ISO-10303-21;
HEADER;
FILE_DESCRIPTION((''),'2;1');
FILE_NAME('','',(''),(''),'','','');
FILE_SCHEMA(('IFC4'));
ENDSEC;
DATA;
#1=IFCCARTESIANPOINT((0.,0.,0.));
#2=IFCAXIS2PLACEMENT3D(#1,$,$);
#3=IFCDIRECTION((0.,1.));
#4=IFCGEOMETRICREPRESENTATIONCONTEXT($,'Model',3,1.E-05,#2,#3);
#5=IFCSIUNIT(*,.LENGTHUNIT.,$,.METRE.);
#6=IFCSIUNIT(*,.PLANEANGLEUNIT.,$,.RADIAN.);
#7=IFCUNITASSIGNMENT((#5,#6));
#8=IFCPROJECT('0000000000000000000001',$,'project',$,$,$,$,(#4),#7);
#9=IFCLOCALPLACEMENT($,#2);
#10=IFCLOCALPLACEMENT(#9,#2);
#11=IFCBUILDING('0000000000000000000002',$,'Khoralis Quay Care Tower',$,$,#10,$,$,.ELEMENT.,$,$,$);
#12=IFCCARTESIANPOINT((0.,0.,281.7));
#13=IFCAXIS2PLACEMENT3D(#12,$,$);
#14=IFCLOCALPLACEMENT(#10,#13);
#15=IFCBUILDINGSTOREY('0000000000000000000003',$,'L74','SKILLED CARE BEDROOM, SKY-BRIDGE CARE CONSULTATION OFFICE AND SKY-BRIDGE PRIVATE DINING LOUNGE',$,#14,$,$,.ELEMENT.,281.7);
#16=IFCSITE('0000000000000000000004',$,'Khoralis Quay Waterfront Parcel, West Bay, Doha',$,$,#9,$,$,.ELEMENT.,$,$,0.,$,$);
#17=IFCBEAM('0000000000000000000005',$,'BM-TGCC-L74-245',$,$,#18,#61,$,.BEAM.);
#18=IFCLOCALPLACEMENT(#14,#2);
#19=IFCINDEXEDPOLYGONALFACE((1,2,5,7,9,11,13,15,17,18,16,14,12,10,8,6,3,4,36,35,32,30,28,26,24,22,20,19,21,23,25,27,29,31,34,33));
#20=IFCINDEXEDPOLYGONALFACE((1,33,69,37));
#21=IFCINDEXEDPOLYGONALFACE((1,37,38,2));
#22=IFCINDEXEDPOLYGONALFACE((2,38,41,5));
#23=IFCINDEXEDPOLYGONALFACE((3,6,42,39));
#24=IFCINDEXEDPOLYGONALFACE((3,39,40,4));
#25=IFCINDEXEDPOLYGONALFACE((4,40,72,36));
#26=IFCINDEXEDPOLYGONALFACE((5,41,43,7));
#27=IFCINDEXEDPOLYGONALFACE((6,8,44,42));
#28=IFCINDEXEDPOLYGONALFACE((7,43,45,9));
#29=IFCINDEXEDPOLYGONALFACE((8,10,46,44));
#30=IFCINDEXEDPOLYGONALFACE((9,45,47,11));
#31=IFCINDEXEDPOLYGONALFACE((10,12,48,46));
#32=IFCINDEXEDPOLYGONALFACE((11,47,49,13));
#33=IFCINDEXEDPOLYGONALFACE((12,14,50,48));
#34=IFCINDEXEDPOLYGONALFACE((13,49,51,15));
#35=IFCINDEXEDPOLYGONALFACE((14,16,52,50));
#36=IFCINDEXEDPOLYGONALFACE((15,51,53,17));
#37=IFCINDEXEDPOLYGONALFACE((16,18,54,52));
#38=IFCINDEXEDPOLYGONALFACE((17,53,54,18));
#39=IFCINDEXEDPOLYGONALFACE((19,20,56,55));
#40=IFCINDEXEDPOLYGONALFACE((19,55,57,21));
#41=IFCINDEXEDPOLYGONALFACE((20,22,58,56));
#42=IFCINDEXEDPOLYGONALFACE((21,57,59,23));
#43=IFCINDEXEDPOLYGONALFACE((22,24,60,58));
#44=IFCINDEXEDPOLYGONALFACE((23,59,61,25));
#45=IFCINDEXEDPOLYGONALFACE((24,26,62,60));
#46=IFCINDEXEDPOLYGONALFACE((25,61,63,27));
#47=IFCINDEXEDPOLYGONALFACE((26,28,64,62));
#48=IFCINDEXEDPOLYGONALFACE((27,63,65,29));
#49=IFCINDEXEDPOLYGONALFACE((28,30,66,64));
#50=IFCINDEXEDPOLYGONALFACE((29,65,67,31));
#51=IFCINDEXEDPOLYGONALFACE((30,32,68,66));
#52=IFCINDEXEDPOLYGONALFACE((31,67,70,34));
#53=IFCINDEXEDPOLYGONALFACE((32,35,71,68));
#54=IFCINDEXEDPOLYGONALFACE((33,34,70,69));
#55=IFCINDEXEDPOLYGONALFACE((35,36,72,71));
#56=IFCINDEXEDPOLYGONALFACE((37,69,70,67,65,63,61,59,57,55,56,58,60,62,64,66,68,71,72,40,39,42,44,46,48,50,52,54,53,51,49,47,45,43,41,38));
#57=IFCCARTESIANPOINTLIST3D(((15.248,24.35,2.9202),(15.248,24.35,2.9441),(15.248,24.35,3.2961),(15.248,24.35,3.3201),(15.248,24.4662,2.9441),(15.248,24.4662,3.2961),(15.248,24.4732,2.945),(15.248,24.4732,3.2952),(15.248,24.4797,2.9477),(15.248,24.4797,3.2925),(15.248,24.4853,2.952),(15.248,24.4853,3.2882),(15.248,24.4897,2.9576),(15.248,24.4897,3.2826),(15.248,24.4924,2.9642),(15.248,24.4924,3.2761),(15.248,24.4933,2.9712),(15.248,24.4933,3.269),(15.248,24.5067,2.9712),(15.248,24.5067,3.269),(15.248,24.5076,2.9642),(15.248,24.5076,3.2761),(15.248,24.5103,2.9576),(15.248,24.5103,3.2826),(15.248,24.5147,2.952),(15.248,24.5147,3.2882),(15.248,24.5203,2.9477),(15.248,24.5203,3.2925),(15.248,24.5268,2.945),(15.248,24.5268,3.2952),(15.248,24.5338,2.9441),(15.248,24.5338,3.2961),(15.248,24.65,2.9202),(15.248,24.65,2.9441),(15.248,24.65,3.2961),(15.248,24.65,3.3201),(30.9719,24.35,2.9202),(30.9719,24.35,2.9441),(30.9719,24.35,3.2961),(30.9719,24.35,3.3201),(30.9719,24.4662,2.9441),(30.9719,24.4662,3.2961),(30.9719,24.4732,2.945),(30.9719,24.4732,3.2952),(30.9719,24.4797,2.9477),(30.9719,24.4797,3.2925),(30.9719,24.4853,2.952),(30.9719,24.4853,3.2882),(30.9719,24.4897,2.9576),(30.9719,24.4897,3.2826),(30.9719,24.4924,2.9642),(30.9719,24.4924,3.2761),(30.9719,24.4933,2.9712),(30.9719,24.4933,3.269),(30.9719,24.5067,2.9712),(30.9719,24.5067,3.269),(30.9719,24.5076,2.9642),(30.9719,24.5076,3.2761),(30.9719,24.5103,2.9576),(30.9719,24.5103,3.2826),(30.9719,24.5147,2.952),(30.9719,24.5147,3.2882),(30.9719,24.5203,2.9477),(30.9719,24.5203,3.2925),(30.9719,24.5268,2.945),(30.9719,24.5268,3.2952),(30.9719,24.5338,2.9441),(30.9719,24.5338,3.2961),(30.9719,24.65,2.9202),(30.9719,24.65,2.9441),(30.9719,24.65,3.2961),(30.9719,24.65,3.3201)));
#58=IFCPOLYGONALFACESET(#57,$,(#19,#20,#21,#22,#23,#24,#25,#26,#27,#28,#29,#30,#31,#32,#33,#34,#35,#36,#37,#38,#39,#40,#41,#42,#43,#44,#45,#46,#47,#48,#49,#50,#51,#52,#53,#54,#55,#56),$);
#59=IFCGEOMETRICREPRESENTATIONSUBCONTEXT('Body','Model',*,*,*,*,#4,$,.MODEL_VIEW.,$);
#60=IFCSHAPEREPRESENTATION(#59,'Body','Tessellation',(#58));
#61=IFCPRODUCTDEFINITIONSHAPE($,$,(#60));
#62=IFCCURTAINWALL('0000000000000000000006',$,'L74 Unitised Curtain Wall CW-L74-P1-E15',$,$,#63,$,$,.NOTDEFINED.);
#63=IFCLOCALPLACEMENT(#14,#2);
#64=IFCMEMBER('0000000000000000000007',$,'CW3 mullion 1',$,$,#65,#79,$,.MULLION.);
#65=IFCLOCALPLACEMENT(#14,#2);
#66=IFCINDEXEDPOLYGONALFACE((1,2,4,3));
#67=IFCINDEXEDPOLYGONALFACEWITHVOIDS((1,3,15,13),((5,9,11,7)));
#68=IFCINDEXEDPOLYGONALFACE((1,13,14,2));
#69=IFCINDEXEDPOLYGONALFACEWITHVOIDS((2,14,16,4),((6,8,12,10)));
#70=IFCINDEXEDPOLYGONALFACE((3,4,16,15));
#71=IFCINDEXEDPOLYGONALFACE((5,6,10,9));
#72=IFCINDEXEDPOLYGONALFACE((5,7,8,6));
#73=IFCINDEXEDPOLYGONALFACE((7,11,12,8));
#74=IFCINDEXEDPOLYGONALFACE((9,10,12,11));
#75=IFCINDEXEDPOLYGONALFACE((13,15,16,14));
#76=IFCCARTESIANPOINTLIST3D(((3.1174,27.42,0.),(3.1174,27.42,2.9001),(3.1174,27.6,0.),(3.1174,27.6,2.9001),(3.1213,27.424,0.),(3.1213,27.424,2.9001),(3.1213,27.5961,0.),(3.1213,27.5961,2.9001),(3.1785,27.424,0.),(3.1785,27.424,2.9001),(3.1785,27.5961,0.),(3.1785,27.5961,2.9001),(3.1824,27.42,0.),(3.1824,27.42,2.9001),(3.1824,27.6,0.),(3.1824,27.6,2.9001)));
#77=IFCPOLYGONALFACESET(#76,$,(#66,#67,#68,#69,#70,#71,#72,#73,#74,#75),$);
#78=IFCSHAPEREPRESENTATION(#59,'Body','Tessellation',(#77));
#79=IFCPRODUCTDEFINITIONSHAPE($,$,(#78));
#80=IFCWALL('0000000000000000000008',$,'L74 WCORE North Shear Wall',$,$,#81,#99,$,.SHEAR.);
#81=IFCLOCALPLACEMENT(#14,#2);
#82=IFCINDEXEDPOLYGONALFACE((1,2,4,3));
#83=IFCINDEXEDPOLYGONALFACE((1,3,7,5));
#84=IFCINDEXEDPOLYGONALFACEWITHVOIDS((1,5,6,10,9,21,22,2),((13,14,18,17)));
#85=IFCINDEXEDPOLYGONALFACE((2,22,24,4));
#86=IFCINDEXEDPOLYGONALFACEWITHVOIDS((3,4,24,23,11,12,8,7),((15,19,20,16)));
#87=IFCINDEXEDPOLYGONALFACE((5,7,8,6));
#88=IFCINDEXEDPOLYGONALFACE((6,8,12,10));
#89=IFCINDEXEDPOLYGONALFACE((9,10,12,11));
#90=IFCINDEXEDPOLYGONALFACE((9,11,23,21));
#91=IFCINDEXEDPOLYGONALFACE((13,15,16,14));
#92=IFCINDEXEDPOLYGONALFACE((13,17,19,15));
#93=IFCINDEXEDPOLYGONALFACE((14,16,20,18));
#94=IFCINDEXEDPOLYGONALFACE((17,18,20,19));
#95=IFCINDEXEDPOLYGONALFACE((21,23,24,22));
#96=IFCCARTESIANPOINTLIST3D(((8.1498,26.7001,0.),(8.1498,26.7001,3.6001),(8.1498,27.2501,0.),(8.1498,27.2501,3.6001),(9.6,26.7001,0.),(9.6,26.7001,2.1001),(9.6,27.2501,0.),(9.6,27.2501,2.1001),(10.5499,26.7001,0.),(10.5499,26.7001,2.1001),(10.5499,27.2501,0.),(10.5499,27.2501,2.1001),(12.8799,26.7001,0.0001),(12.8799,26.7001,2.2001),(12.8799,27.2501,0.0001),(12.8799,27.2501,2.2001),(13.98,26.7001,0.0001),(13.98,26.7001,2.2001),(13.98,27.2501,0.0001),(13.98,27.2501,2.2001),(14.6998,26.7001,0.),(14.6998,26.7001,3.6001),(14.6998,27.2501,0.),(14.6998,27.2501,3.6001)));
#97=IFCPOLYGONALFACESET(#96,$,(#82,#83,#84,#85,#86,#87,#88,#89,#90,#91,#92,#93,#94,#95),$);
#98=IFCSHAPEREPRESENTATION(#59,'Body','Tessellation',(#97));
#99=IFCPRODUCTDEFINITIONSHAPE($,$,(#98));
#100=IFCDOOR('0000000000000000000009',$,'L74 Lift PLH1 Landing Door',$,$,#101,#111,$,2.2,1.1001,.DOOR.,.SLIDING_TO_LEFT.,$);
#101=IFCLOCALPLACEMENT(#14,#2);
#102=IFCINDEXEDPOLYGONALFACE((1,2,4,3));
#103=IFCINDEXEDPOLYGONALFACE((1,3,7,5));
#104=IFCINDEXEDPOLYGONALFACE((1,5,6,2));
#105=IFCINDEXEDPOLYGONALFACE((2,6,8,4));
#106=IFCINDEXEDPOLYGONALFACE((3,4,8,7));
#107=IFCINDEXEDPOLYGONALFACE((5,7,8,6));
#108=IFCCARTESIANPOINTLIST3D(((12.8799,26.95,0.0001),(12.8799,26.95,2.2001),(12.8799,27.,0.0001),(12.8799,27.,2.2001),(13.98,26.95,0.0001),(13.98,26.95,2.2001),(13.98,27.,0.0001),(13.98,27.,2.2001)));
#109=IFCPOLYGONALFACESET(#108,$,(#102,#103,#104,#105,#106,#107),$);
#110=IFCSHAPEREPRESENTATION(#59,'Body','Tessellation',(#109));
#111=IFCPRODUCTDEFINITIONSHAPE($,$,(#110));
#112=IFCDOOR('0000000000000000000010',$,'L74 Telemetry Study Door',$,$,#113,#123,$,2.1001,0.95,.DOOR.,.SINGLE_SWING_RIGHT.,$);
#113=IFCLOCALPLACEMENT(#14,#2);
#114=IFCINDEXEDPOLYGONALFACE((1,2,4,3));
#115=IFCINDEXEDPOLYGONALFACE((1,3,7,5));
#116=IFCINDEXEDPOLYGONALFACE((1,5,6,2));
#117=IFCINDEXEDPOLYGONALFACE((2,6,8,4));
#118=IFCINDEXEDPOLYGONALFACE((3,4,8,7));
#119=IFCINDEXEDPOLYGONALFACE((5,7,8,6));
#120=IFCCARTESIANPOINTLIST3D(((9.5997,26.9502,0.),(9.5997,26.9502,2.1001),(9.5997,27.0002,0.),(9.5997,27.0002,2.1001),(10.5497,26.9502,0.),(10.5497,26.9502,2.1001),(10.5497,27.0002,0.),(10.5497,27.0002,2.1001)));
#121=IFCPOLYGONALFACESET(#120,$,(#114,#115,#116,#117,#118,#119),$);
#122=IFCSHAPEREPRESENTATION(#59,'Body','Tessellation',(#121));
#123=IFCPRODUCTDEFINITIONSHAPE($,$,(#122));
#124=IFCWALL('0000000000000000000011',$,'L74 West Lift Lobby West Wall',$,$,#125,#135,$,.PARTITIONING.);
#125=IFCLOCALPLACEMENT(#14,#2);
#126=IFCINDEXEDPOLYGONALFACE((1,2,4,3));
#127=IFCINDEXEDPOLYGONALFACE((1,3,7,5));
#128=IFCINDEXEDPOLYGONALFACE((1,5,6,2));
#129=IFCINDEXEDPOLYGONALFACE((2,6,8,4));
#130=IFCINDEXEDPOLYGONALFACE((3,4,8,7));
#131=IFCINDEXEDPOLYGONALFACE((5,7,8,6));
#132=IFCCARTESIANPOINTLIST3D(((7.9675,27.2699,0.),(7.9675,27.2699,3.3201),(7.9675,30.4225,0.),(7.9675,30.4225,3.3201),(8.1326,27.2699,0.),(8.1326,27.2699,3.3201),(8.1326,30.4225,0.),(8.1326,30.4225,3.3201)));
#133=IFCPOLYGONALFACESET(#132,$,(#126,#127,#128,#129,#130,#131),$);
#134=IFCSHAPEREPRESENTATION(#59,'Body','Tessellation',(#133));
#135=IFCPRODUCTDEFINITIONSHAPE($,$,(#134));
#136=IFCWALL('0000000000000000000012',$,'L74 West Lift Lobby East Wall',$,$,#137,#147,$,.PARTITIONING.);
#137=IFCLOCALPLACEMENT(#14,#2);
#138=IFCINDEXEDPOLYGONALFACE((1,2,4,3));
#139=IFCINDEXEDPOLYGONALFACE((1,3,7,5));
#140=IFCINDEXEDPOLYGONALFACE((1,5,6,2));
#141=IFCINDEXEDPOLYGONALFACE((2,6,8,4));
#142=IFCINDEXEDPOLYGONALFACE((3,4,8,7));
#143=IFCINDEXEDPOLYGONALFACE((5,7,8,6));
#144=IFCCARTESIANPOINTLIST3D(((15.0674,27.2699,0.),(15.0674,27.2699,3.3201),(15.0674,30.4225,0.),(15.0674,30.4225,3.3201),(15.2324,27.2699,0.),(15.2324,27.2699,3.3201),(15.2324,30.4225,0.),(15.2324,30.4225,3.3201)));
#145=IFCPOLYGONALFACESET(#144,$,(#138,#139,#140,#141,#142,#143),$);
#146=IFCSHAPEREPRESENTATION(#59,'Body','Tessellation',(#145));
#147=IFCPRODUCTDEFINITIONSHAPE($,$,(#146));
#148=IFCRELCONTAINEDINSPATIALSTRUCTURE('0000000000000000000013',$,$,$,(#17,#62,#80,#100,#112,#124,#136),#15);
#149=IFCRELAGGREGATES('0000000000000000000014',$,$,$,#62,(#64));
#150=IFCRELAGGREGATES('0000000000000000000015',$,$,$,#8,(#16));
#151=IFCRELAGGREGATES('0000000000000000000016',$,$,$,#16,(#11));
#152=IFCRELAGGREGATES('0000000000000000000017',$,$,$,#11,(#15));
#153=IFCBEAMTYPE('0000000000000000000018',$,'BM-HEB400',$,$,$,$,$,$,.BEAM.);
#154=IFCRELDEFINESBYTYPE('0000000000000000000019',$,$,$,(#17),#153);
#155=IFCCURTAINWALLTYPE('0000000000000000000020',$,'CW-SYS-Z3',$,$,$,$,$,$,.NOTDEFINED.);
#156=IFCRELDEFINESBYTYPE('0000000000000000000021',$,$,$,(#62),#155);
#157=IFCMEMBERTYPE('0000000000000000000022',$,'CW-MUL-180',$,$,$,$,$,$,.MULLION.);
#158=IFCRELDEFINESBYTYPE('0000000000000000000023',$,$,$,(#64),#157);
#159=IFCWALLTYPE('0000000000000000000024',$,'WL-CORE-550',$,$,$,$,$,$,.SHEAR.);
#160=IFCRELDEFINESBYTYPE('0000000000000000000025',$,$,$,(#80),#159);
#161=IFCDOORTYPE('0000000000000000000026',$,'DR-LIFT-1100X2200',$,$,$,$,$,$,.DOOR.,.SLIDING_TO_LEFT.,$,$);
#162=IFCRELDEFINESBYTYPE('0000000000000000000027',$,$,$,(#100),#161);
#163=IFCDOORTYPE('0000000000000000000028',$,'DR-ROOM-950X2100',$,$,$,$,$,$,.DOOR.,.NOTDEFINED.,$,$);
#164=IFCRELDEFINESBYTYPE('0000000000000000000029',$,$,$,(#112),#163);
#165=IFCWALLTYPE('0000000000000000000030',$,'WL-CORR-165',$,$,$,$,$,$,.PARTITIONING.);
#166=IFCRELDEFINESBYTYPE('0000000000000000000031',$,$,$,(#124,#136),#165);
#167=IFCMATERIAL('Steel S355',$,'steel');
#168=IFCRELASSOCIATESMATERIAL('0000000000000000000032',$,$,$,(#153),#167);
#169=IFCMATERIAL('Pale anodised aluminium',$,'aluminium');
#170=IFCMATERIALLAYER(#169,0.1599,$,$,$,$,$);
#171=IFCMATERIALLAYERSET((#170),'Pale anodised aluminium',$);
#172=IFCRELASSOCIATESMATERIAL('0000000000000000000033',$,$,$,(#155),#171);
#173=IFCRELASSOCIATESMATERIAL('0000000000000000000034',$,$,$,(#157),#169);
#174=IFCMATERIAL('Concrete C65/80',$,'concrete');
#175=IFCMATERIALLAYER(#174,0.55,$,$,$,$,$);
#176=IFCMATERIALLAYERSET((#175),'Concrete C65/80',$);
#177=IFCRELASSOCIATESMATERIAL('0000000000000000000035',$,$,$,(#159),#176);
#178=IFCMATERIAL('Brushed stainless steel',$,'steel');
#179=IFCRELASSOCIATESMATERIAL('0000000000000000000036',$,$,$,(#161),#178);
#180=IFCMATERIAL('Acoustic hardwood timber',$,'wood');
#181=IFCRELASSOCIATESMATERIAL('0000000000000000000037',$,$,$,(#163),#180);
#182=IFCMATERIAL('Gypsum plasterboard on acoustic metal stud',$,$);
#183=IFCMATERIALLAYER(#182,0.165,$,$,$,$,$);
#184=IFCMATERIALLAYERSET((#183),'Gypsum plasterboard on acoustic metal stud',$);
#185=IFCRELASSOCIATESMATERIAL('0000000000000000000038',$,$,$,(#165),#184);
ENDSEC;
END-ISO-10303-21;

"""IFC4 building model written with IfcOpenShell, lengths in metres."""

from ifc_helpers import new_model, si_unit, direction, frame, frame_2d, origin, origin_2d, place, context, subcontext, project, spatial, rectangle, hollow_rectangle, i_section, extrude, source, transform, mapped, material, layer, layer_set, material_profile, profile_set, type_object, element, fill, aggregate, save


model = new_model("IFC4")

# Units and contexts
model_context = context("Model", 3, precision=1e-05, world=origin(), true_north=direction((0.0, 1.0)))
body_context = subcontext(model_context, "Body", "Model", "MODEL_VIEW")
ifc_project = project(units=[si_unit("LENGTHUNIT", "METRE"), si_unit("PLANEANGLEUNIT", "RADIAN")], contexts=[model_context])

# Site, building, storey
site_placement = place(None, origin())
site = spatial("IfcSite", under=ifc_project, at=site_placement, Name="Khoralis Quay Waterfront Parcel, West Bay, Doha", CompositionType="ELEMENT", RefElevation=0.0)
building_placement = place(site_placement, origin())
building = spatial("IfcBuilding", under=site, at=building_placement, Name="Khoralis Quay Care Tower", CompositionType="ELEMENT")
storey_placement = place(building_placement, frame((0.0, 0.0, 281.7)))
storey = spatial("IfcBuildingStorey", under=building, at=storey_placement, Name="L74", Description="SKILLED CARE BEDROOM, SKY-BRIDGE CARE CONSULTATION OFFICE AND SKY-BRIDGE PRIVATE DINING LOUNGE", CompositionType="ELEMENT", Elevation=281.7)

# Beam
ifc_material_1 = material(Name="Steel S355", Category="steel")
ifc_material_profile_1 = material_profile(ifc_material_1, i_section(OverallWidth=0.3, OverallDepth=0.3999, WebThickness=0.0134, FlangeThickness=0.0239, FilletRadius=0.0271, at=origin_2d()), Name="Steel S355")
ifc_profile_set_1 = profile_set([ifc_material_profile_1], Name="Steel S355")
beam_type_1 = type_object("IfcBeamType", Name="BM-HEB400", PredefinedType="BEAM", material=ifc_profile_set_1)
shared_shape_1 = source(origin(), body_context, "Body", "SweptSolid", [
    extrude(i_section(OverallWidth=0.3, OverallDepth=0.3999, WebThickness=0.0134, FlangeThickness=0.0239, FilletRadius=0.0271, at=origin_2d()), origin(), (0.0, 0.0, 1.0), 15.7239),
])
beam_1_placement = place(storey_placement, frame((15.248, 24.5, 3.1201), z_axis=(1.0, 0.0, 0.0), x_axis=(0.0, 1.0, 0.0)))
element("IfcBeam", 1, at=beam_1_placement, inside=storey, type_object=beam_type_1, Name="BM-TGCC-L74-245", PredefinedType="BEAM", context=body_context, shape_type="MappedRepresentation", body=[
    mapped(shared_shape_1, transform((0.0, 0.0, 0.0), scale=1.0)),
])

# Curtain wall, member
ifc_material_2 = material(Name="Pale anodised aluminium", Category="aluminium")
ifc_layer_1 = layer(ifc_material_2, 0.1599)
ifc_layer_set_1 = layer_set([ifc_layer_1], Name="Pale anodised aluminium")
curtain_wall_type = type_object("IfcCurtainWallType", Name="CW-SYS-Z3", PredefinedType="NOTDEFINED", material=ifc_layer_set_1)
curtain_wall_placement = place(storey_placement, origin())
curtain_wall = element("IfcCurtainWall", 2, at=curtain_wall_placement, inside=storey, type_object=curtain_wall_type, Name="L74 Unitised Curtain Wall CW-L74-P1-E15", PredefinedType="NOTDEFINED")
ifc_material_profile_2 = material_profile(ifc_material_2, hollow_rectangle(XDim=0.0649, YDim=0.1799, WallThickness=0.0039, at=origin_2d()), Name="Pale anodised aluminium")
ifc_profile_set_2 = profile_set([ifc_material_profile_2], Name="Pale anodised aluminium")
member_type = type_object("IfcMemberType", Name="CW-MUL-180", PredefinedType="MULLION", material=ifc_profile_set_2)
shared_shape_2 = source(origin(), body_context, "Body", "SweptSolid", [
    extrude(hollow_rectangle(XDim=0.0649, YDim=0.1799, WallThickness=0.0039, at=origin_2d()), origin(), (0.0, 0.0, 1.0), 2.9001),
])
member_placement = place(storey_placement, frame((3.1499, 27.51, 0.0), z_axis=(0.0, 0.0, 1.0), x_axis=(1.0, 0.0, 0.0)))
member = element("IfcMember", 3, at=member_placement, type_object=member_type, Name="CW3 mullion 1", PredefinedType="MULLION", context=body_context, shape_type="MappedRepresentation", body=[
    mapped(shared_shape_2, transform((0.0, 0.0, 0.0), scale=1.0)),
])
aggregate(curtain_wall, [member])

# Wall, openings, doors
ifc_material_3 = material(Name="Concrete C65/80", Category="concrete")
ifc_layer_2 = layer(ifc_material_3, 0.55)
ifc_layer_set_2 = layer_set([ifc_layer_2], Name="Concrete C65/80")
wall_type_1 = type_object("IfcWallType", Name="WL-CORE-550", PredefinedType="SHEAR", material=ifc_layer_set_2)
wall_1_placement = place(storey_placement, frame((8.1499, 26.9751, 0.0), z_axis=(0.0, 0.0, 1.0), x_axis=(1.0, 0.0, 0.0)))
wall_1 = element("IfcWall", 4, at=wall_1_placement, inside=storey, type_object=wall_type_1, Name="L74 WCORE North Shear Wall", PredefinedType="SHEAR", context=body_context, shape_type="SweptSolid", body=[
    extrude(rectangle(XDim=6.55, YDim=0.55, at=frame_2d((3.2749, 0.0))), origin(), (0.0, 0.0, 1.0), 3.6001),
])
opening_1_placement = place(wall_1_placement, frame((1.45, 0.0, 0.0)))
opening_1 = element("IfcOpeningElement", 5, at=opening_1_placement, cuts=wall_1, PredefinedType="OPENING", context=body_context, shape_type="SweptSolid", body=[
    extrude(rectangle(XDim=0.95, YDim=2.1001, at=frame_2d((0.4751, 1.05))), frame((0.0, 0.2852, 0.0), z_axis=(0.0, -1.0, 0.0), x_axis=(1.0, 0.0, 0.0)), (0.0, 0.0, 1.0), 0.5701),
])
opening_2_placement = place(wall_1_placement, frame((4.73, 0.0, 0.0)))
opening_2 = element("IfcOpeningElement", 6, at=opening_2_placement, cuts=wall_1, PredefinedType="OPENING", context=body_context, shape_type="SweptSolid", body=[
    extrude(rectangle(XDim=1.1001, YDim=2.2, at=frame_2d((0.55, 1.1001))), frame((0.0, 0.2852, 0.0), z_axis=(0.0, -1.0, 0.0), x_axis=(1.0, 0.0, 0.0)), (0.0, 0.0, 1.0), 0.5701),
])
ifc_material_4 = material(Name="Brushed stainless steel", Category="steel")
door_type_1 = type_object("IfcDoorType", Name="DR-LIFT-1100X2200", OperationType="SLIDING_TO_LEFT", PredefinedType="DOOR", material=ifc_material_4)
shared_shape_3 = source(origin(), body_context, "Body", "SweptSolid", [
    extrude(rectangle(XDim=1.1001, YDim=2.2, at=frame_2d((0.55, 1.1001))), frame((0.0, 0.0249, 0.0), z_axis=(0.0, -1.0, 0.0), x_axis=(1.0, 0.0, 0.0)), (0.0, 0.0, 1.0), 0.05),
])
door_1_placement = place(opening_2_placement, origin())
door_1 = element("IfcDoor", 7, at=door_1_placement, inside=storey, type_object=door_type_1, Name="L74 Lift PLH1 Landing Door", OperationType="SLIDING_TO_LEFT", OverallHeight=2.2, OverallWidth=1.1001, PredefinedType="DOOR", context=body_context, shape_type="MappedRepresentation", body=[
    mapped(shared_shape_3, transform((0.0, 0.0, 0.0), scale=1.0)),
])
fill(opening_2, door_1)
ifc_material_5 = material(Name="Acoustic hardwood timber", Category="wood")
door_type_2 = type_object("IfcDoorType", Name="DR-ROOM-950X2100", OperationType="NOTDEFINED", PredefinedType="DOOR", material=ifc_material_5)
shared_shape_4 = source(origin(), body_context, "Body", "SweptSolid", [
    extrude(rectangle(XDim=0.95, YDim=2.1001, at=frame_2d((0.4751, 1.05))), frame((0.0, 0.0249, 0.0), z_axis=(0.0, -1.0, 0.0), x_axis=(1.0, 0.0, 0.0)), (0.0, 0.0, 1.0), 0.05),
])
door_2_placement = place(opening_1_placement, frame((0.95, 0.0, 0.0), z_axis=(0.0, 0.0, 1.0), x_axis=(-1.0, 0.0, 0.0)))
door_2 = element("IfcDoor", 8, at=door_2_placement, inside=storey, type_object=door_type_2, Name="L74 Telemetry Study Door", OperationType="SINGLE_SWING_RIGHT", OverallHeight=2.1001, OverallWidth=0.95, PredefinedType="DOOR", context=body_context, shape_type="MappedRepresentation", body=[
    mapped(shared_shape_4, transform((0.0, 0.0, 0.0), scale=1.0)),
])
fill(opening_1, door_2)

# Walls
ifc_material_6 = material(Name="Gypsum plasterboard on acoustic metal stud")
ifc_layer_3 = layer(ifc_material_6, 0.165)
ifc_layer_set_3 = layer_set([ifc_layer_3], Name="Gypsum plasterboard on acoustic metal stud")
wall_type_2 = type_object("IfcWallType", Name="WL-CORR-165", PredefinedType="PARTITIONING", material=ifc_layer_set_3)
for number, where, z_axis, x_axis, name in (
    (9, (8.05, 27.27, 0.0), (0.0, 0.0, 1.0), (0.0, 1.0, 0.0), "L74 West Lift Lobby West Wall"),
    (10, (15.1499, 27.27, 0.0), (0.0, 0.0, 1.0), (0.0, 1.0, 0.0), "L74 West Lift Lobby East Wall"),
):
    element("IfcWall", number, at=place(storey_placement, frame(where, z_axis=z_axis, x_axis=x_axis)), inside=storey, type_object=wall_type_2, Name=name, PredefinedType="PARTITIONING", context=body_context, shape_type="SweptSolid", body=[
        extrude(rectangle(XDim=3.1526, YDim=0.165, at=frame_2d((1.5762, 0.0))), origin(), (0.0, 0.0, 1.0), 3.3201),
    ])

save(model, "model.ifc")
